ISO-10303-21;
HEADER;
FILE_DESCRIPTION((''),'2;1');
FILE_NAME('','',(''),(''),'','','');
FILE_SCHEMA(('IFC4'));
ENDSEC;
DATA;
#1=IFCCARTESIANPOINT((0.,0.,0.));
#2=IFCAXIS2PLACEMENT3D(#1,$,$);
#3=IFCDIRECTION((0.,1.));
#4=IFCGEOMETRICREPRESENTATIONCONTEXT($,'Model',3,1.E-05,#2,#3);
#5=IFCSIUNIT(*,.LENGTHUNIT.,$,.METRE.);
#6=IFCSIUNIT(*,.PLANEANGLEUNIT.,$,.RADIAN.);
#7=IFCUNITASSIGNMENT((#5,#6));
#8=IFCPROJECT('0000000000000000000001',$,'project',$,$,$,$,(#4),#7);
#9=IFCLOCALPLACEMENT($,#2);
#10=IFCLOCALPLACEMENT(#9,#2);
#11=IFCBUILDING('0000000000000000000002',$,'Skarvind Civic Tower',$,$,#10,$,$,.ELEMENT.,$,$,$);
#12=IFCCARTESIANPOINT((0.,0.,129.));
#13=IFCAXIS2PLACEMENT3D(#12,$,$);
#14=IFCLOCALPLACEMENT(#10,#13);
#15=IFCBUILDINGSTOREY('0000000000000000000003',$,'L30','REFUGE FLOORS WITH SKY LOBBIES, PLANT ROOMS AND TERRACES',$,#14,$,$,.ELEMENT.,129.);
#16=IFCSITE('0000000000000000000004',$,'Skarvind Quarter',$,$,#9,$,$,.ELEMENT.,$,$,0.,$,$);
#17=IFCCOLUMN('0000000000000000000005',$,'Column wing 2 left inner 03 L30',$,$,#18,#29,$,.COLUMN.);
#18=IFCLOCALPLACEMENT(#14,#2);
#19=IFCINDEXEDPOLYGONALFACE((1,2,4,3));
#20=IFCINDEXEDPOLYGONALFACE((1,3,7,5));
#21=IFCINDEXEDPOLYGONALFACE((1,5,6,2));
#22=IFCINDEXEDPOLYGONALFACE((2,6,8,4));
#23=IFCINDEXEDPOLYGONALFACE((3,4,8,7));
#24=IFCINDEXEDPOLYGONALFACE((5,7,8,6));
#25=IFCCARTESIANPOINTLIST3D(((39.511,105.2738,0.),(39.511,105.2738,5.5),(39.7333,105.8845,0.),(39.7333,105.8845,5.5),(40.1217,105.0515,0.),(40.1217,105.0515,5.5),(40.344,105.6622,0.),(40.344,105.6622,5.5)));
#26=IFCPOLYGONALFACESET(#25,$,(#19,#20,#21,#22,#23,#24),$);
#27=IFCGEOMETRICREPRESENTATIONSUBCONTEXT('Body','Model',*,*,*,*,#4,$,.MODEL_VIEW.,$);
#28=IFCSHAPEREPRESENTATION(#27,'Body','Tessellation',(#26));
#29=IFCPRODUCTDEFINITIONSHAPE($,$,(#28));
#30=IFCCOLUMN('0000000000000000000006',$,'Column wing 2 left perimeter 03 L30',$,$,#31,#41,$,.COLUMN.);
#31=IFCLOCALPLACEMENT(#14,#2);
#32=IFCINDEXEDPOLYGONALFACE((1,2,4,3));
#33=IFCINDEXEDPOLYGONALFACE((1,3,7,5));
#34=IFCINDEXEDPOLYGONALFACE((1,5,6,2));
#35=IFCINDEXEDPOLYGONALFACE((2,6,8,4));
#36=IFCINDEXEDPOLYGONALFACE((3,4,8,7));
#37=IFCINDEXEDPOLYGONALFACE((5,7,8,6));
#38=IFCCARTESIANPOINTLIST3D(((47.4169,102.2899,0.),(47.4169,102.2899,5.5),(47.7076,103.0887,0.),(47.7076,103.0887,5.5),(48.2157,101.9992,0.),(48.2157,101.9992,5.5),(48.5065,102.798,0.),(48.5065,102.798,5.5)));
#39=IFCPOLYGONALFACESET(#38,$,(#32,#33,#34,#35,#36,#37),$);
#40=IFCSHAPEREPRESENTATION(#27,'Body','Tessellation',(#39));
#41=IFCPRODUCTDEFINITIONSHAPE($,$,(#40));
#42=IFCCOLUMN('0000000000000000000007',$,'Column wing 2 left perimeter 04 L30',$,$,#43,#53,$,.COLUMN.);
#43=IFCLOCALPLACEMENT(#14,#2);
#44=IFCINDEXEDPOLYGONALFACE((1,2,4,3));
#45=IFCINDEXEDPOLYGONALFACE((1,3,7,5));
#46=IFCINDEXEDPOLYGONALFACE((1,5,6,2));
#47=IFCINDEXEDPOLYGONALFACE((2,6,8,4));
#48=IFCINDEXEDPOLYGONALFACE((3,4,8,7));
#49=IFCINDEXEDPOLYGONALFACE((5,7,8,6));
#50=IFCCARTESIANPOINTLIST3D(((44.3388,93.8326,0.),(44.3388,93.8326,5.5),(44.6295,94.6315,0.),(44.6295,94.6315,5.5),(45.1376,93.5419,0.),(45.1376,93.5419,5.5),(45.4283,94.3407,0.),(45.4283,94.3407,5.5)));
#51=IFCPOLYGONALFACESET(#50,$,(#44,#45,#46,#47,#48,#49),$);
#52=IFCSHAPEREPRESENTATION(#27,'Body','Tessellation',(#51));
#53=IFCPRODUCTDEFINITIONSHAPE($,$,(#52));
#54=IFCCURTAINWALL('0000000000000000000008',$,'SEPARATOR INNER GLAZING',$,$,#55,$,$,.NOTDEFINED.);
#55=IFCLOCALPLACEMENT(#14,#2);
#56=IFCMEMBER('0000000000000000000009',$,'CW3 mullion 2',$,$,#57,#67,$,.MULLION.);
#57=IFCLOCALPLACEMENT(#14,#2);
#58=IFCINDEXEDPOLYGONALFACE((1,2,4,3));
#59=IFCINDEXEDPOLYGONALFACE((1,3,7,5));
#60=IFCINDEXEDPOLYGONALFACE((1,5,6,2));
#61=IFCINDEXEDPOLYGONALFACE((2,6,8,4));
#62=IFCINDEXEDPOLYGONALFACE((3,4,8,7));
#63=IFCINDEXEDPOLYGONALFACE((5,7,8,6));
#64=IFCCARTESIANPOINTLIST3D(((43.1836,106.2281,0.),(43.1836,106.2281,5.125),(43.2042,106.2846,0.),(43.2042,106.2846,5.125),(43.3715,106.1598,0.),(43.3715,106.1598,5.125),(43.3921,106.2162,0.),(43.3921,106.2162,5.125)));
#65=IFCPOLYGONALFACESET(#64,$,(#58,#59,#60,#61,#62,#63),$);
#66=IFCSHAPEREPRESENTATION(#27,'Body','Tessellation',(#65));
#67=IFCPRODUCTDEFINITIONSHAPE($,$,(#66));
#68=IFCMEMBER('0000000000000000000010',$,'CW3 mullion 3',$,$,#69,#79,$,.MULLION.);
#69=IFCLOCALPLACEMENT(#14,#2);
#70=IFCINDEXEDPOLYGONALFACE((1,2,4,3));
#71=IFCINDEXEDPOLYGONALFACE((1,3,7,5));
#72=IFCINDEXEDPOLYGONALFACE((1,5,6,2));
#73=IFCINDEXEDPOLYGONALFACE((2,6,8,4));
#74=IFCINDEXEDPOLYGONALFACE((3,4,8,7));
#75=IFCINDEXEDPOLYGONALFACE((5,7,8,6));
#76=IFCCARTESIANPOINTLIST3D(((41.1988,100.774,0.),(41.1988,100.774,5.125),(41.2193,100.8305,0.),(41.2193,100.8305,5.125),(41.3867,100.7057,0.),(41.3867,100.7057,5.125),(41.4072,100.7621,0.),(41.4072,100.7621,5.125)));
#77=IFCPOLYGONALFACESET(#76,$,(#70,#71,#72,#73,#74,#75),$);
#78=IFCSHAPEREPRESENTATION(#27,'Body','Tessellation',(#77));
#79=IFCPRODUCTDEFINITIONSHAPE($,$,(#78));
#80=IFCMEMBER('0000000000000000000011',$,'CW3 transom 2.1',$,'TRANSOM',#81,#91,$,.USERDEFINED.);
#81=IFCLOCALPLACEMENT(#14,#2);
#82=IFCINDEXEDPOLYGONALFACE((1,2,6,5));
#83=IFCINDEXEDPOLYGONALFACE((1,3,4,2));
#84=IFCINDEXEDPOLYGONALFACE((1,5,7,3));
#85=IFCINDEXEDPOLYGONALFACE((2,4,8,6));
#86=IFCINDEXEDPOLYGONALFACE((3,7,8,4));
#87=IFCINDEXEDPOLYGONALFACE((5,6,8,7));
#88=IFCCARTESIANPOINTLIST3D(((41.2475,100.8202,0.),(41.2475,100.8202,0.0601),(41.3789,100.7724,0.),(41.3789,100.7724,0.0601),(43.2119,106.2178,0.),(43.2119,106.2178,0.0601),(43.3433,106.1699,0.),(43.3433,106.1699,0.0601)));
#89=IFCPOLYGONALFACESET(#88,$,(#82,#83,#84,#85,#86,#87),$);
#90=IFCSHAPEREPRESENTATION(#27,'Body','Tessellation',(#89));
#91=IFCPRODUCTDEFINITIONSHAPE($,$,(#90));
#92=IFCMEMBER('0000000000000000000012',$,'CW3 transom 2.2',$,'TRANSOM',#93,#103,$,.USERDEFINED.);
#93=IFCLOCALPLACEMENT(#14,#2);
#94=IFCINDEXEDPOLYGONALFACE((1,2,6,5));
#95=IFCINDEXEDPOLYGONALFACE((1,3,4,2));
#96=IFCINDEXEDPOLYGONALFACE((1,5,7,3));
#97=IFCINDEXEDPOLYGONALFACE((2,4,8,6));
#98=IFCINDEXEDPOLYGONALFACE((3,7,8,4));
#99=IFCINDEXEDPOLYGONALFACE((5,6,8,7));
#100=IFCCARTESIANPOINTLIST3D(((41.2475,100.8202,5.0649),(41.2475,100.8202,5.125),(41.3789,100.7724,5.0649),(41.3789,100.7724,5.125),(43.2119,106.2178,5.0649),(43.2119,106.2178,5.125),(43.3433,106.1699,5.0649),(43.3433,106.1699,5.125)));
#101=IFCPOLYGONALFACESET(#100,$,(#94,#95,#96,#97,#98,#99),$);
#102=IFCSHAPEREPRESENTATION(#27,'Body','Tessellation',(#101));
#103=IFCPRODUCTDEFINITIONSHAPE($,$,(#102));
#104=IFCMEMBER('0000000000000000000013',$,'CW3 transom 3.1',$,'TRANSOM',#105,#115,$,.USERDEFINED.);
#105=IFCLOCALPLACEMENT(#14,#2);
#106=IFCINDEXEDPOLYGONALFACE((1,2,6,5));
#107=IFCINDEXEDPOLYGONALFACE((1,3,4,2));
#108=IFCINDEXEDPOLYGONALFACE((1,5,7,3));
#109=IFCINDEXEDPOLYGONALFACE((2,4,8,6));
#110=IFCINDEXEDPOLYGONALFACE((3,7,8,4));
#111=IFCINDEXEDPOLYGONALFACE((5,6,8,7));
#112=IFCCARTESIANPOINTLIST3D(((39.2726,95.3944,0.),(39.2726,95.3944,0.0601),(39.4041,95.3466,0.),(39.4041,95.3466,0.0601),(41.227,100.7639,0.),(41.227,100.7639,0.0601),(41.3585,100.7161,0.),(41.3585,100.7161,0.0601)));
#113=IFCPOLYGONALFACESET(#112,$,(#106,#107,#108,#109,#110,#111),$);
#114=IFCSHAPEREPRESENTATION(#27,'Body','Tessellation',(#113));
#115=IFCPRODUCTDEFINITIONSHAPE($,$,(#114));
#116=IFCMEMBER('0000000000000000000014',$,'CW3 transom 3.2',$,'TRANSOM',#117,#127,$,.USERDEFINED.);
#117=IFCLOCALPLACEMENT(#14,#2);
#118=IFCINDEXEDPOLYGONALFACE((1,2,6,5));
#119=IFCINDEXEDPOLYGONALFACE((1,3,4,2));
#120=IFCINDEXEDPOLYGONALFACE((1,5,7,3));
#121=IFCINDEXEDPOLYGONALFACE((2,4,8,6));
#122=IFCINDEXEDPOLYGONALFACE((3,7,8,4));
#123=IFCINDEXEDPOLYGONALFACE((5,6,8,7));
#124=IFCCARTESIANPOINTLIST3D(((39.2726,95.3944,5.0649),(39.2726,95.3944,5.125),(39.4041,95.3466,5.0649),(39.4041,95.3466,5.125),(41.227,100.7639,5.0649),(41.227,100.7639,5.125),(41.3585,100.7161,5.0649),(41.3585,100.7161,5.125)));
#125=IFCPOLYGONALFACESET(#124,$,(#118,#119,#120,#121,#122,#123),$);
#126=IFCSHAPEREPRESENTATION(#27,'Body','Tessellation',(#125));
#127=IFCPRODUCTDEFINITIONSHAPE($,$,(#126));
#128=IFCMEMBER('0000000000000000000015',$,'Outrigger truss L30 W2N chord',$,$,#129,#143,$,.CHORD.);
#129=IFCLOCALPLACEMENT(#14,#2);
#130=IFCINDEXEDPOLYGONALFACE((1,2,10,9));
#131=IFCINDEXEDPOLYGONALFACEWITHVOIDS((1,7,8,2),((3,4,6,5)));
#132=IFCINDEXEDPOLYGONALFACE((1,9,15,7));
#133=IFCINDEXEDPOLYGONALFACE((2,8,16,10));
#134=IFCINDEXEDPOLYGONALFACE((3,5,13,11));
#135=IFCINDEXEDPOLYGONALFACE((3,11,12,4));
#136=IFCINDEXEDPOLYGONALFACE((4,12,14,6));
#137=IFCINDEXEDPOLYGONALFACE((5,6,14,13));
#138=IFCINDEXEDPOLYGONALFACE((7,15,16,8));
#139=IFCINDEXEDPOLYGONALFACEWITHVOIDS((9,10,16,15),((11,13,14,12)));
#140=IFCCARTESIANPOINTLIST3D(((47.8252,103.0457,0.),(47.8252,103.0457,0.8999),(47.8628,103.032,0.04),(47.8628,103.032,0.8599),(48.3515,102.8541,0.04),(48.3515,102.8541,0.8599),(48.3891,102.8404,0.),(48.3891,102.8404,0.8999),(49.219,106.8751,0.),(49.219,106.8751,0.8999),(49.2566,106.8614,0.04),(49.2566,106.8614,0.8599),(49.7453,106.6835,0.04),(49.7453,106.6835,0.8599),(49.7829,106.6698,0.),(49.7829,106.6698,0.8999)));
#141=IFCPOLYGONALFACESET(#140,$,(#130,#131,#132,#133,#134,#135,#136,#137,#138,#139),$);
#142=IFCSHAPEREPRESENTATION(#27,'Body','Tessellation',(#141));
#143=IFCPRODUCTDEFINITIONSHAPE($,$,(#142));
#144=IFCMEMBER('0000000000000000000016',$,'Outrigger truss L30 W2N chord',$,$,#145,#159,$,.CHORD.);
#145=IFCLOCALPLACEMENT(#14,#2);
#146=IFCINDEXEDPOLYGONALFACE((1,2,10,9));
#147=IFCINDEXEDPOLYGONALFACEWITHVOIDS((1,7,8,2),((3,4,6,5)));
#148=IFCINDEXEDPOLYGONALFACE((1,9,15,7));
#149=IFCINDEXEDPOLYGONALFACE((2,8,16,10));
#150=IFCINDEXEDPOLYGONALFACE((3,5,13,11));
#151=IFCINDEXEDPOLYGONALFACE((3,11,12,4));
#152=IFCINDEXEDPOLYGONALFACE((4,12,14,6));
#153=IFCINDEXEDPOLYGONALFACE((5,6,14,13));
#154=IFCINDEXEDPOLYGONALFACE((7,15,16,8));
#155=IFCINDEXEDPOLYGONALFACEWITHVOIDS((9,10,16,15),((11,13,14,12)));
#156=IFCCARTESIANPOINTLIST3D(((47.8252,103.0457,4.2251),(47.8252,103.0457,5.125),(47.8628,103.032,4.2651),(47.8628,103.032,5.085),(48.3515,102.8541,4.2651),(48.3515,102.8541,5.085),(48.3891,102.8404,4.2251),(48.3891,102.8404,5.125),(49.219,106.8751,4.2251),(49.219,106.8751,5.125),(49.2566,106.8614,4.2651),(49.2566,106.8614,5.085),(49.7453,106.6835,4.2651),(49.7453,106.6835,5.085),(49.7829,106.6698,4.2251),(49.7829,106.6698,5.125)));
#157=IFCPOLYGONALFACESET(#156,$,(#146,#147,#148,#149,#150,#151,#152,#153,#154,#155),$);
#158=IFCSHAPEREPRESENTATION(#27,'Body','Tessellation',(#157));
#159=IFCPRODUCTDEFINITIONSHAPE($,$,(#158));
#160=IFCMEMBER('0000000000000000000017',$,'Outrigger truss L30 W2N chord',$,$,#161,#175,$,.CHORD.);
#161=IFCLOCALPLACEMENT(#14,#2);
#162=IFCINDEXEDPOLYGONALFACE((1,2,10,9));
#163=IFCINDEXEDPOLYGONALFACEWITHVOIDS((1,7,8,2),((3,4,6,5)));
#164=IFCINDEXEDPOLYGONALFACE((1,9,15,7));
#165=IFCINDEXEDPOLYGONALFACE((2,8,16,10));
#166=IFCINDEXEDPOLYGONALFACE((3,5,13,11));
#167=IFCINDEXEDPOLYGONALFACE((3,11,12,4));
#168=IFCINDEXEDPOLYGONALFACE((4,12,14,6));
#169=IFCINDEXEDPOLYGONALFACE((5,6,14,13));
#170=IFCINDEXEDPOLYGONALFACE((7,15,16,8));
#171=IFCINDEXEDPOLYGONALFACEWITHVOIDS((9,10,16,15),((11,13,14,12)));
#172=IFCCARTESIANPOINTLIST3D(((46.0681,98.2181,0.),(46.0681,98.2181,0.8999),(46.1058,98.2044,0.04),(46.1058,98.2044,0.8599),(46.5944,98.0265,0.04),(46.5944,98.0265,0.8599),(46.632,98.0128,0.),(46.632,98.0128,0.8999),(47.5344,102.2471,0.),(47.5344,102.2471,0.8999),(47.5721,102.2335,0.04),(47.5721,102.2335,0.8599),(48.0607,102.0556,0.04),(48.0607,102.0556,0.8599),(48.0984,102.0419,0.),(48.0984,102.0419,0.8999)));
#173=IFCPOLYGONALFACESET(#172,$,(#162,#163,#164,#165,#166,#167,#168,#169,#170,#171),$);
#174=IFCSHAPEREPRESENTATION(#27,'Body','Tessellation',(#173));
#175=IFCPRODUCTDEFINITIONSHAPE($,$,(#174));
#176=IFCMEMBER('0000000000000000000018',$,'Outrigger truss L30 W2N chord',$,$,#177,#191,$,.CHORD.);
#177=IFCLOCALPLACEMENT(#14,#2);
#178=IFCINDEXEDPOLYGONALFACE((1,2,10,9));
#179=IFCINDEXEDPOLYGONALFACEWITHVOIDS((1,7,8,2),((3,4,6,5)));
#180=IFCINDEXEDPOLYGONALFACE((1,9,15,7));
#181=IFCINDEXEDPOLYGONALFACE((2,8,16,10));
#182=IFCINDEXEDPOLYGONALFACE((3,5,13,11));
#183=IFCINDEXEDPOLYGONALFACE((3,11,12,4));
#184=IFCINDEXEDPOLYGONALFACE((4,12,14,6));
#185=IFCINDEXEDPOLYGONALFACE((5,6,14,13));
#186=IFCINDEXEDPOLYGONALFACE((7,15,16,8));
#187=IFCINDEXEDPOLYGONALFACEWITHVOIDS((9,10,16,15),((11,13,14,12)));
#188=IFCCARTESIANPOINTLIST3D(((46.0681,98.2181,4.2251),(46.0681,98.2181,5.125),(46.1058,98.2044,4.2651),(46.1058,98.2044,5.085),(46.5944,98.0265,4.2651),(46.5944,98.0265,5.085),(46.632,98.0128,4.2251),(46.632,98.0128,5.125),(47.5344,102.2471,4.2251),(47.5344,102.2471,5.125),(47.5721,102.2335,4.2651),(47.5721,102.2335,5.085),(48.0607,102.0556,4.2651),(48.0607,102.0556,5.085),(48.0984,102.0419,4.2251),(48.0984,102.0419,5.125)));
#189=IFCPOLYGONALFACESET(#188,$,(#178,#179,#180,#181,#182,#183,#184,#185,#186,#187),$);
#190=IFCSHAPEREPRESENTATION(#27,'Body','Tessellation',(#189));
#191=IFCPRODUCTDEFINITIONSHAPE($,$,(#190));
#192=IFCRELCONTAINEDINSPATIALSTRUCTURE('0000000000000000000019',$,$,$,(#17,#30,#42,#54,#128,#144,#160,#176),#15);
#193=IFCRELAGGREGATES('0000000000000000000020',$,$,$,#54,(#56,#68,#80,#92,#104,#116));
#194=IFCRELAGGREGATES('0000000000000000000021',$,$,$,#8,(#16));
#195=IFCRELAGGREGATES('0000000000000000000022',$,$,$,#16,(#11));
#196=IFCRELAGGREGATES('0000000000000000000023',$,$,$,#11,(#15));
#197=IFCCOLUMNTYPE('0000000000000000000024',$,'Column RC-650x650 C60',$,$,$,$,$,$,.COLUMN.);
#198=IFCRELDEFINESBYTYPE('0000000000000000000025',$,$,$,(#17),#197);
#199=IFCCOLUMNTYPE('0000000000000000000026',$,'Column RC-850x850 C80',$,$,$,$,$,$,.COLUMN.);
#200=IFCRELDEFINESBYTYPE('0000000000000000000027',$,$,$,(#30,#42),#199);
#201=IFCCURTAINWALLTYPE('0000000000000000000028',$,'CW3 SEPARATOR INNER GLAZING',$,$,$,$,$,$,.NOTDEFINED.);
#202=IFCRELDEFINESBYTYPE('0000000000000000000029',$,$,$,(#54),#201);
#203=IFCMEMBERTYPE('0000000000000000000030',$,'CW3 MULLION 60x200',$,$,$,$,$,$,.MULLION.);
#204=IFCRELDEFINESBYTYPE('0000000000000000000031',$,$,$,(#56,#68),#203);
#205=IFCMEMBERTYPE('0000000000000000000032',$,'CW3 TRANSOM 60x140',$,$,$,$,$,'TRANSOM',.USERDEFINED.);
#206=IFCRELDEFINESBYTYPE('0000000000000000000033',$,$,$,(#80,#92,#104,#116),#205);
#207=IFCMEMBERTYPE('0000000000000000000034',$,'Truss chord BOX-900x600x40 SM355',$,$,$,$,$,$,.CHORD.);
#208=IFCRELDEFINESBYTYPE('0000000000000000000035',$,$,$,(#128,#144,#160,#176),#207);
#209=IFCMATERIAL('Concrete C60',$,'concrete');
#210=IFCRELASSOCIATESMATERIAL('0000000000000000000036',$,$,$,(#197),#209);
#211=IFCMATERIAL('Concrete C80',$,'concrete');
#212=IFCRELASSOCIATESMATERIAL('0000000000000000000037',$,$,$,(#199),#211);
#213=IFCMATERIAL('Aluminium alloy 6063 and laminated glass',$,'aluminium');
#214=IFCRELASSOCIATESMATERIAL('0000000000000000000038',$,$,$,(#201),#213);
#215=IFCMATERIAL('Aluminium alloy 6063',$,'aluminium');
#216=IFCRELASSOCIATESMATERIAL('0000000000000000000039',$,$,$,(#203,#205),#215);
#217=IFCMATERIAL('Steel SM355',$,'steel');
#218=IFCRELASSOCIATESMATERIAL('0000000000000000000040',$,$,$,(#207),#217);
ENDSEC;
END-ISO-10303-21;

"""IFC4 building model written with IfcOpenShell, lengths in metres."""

from ifc_helpers import new_model, si_unit, direction, frame, origin, origin_2d, place, context, subcontext, project, spatial, rectangle, hollow_rectangle, extrude, material, material_profile, profile_set, type_object, element, aggregate, save


model = new_model("IFC4")

# Units and contexts
model_context = context("Model", 3, precision=1e-05, world=origin(), true_north=direction((0.0, 1.0)))
body_context = subcontext(model_context, "Body", "Model", "MODEL_VIEW")
ifc_project = project(units=[si_unit("LENGTHUNIT", "METRE"), si_unit("PLANEANGLEUNIT", "RADIAN")], contexts=[model_context])

# Site, building, storey
site_placement = place(None, origin())
site = spatial("IfcSite", under=ifc_project, at=site_placement, Name="Skarvind Quarter", CompositionType="ELEMENT", RefElevation=0.0)
building_placement = place(site_placement, origin())
building = spatial("IfcBuilding", under=site, at=building_placement, Name="Skarvind Civic Tower", CompositionType="ELEMENT")
storey_placement = place(building_placement, frame((0.0, 0.0, 129.0)))
storey = spatial("IfcBuildingStorey", under=building, at=storey_placement, Name="L30", Description="REFUGE FLOORS WITH SKY LOBBIES, PLANT ROOMS AND TERRACES", CompositionType="ELEMENT", Elevation=129.0)

# Columns
ifc_material_1 = material(Name="Concrete C60", Category="concrete")
ifc_material_profile_1 = material_profile(ifc_material_1, rectangle(XDim=0.6499, YDim=0.6499, at=origin_2d()), Name="RC-650x650")
ifc_profile_set_1 = profile_set([ifc_material_profile_1], Name="Concrete C60")
column_type_1 = type_object("IfcColumnType", Name="Column RC-650x650 C60", PredefinedType="COLUMN", material=ifc_profile_set_1)
column_placement = place(storey_placement, frame((39.9275, 105.468, 0.0), z_axis=(0.0, 0.0, 1.0), x_axis=(-0.34202, -0.939693, 0.0)))
element("IfcColumn", 1, at=column_placement, inside=storey, type_object=column_type_1, Name="Column wing 2 left inner 03 L30", PredefinedType="COLUMN", context=body_context, shape_type="SweptSolid", body=[
    extrude(rectangle(XDim=0.6499, YDim=0.6499, at=origin_2d()), origin(), (0.0, 0.0, 1.0), 5.5),
])
ifc_material_2 = material(Name="Concrete C80", Category="concrete")
ifc_material_profile_2 = material_profile(ifc_material_2, rectangle(XDim=0.8501, YDim=0.8501, at=origin_2d()), Name="RC-850x850")
ifc_profile_set_2 = profile_set([ifc_material_profile_2], Name="Concrete C80")
column_type_2 = type_object("IfcColumnType", Name="Column RC-850x850 C80", PredefinedType="COLUMN", material=ifc_profile_set_2)
for number, where, z_axis, x_axis, name in (
    (2, (47.9617, 102.5439, 0.0), (0.0, 0.0, 1.0), (-0.34202, -0.939693, 0.0), "Column wing 2 left perimeter 03 L30"),
    (3, (44.8835, 94.0867, 0.0), (0.0, 0.0, 1.0), (-0.34202, -0.939693, 0.0), "Column wing 2 left perimeter 04 L30"),
):
    element("IfcColumn", number, at=place(storey_placement, frame(where, z_axis=z_axis, x_axis=x_axis)), inside=storey, type_object=column_type_2, Name=name, PredefinedType="COLUMN", context=body_context, shape_type="SweptSolid", body=[
        extrude(rectangle(XDim=0.8501, YDim=0.8501, at=origin_2d()), origin(), (0.0, 0.0, 1.0), 5.5),
    ])

# Curtain wall, members
ifc_material_3 = material(Name="Aluminium alloy 6063 and laminated glass", Category="aluminium")
curtain_wall_type = type_object("IfcCurtainWallType", Name="CW3 SEPARATOR INNER GLAZING", PredefinedType="NOTDEFINED", material=ifc_material_3)
curtain_wall_placement = place(storey_placement, origin())
curtain_wall = element("IfcCurtainWall", 4, at=curtain_wall_placement, inside=storey, type_object=curtain_wall_type, Name="SEPARATOR INNER GLAZING", PredefinedType="NOTDEFINED")
ifc_material_4 = material(Name="Aluminium alloy 6063", Category="aluminium")
ifc_material_profile_3 = material_profile(ifc_material_4, rectangle(XDim=0.2, YDim=0.0601, at=origin_2d()), Name="AL 60x200")
ifc_profile_set_3 = profile_set([ifc_material_profile_3], Name="Aluminium alloy 6063")
member_type_1 = type_object("IfcMemberType", Name="CW3 MULLION 60x200", PredefinedType="MULLION", material=ifc_profile_set_3)
member_1_placement = place(storey_placement, frame((43.2878, 106.2222, 0.0), z_axis=(0.0, 0.0, 1.0), x_axis=(0.939693, -0.342018, 0.0)))
member_1 = element("IfcMember", 5, at=member_1_placement, type_object=member_type_1, Name="CW3 mullion 2", PredefinedType="MULLION", context=body_context, shape_type="SweptSolid", body=[
    extrude(rectangle(XDim=0.2, YDim=0.0601, at=origin_2d()), origin(), (0.0, 0.0, 1.0), 5.125),
])
member_2_placement = place(storey_placement, frame((41.303, 100.7681, 0.0), z_axis=(0.0, 0.0, 1.0), x_axis=(0.939693, -0.342018, 0.0)))
member_2 = element("IfcMember", 6, at=member_2_placement, type_object=member_type_1, Name="CW3 mullion 3", PredefinedType="MULLION", context=body_context, shape_type="SweptSolid", body=[
    extrude(rectangle(XDim=0.2, YDim=0.0601, at=origin_2d()), origin(), (0.0, 0.0, 1.0), 5.125),
])
ifc_material_profile_4 = material_profile(ifc_material_4, rectangle(XDim=0.1399, YDim=0.0601, at=origin_2d()), Name="AL 60x140")
ifc_profile_set_4 = profile_set([ifc_material_profile_4], Name="Aluminium alloy 6063")
member_type_2 = type_object("IfcMemberType", Name="CW3 TRANSOM 60x140", ElementType="TRANSOM", PredefinedType="USERDEFINED", material=ifc_profile_set_4)
member_3_placement = place(storey_placement, frame((43.2776, 106.1938, 0.03), z_axis=(-0.341996, -0.939702, 0.0), x_axis=(0.939702, -0.341996, 0.0)))
member_3 = element("IfcMember", 7, at=member_3_placement, type_object=member_type_2, Name="CW3 transom 2.1", ObjectType="TRANSOM", PredefinedType="USERDEFINED", context=body_context, shape_type="SweptSolid", body=[
    extrude(rectangle(XDim=0.1399, YDim=0.0601, at=origin_2d()), origin(), (0.0, 0.0, 1.0), 5.7439),
])
member_4_placement = place(storey_placement, frame((43.2776, 106.1938, 5.095), z_axis=(-0.341996, -0.939702, 0.0), x_axis=(0.939702, -0.341996, 0.0)))
member_4 = element("IfcMember", 8, at=member_4_placement, type_object=member_type_2, Name="CW3 transom 2.2", ObjectType="TRANSOM", PredefinedType="USERDEFINED", context=body_context, shape_type="SweptSolid", body=[
    extrude(rectangle(XDim=0.1399, YDim=0.0601, at=origin_2d()), origin(), (0.0, 0.0, 1.0), 5.7439),
])
member_5_placement = place(storey_placement, frame((41.2927, 100.74, 0.03), z_axis=(-0.342028, -0.93969, 0.0), x_axis=(0.93969, -0.342028, 0.0)))
member_5 = element("IfcMember", 9, at=member_5_placement, type_object=member_type_2, Name="CW3 transom 3.1", ObjectType="TRANSOM", PredefinedType="USERDEFINED", context=body_context, shape_type="SweptSolid", body=[
    extrude(rectangle(XDim=0.1399, YDim=0.0601, at=origin_2d()), origin(), (0.0, 0.0, 1.0), 5.7141),
])
member_6_placement = place(storey_placement, frame((41.2927, 100.74, 5.095), z_axis=(-0.342028, -0.93969, 0.0), x_axis=(0.93969, -0.342028, 0.0)))
member_6 = element("IfcMember", 10, at=member_6_placement, type_object=member_type_2, Name="CW3 transom 3.2", ObjectType="TRANSOM", PredefinedType="USERDEFINED", context=body_context, shape_type="SweptSolid", body=[
    extrude(rectangle(XDim=0.1399, YDim=0.0601, at=origin_2d()), origin(), (0.0, 0.0, 1.0), 5.7141),
])

# Members
ifc_material_5 = material(Name="Steel SM355", Category="steel")
ifc_material_profile_5 = material_profile(ifc_material_5, hollow_rectangle(XDim=0.6001, YDim=0.8999, WallThickness=0.04, at=origin_2d()), Name="BOX-900x600x40")
ifc_profile_set_5 = profile_set([ifc_material_profile_5], Name="Steel SM355")
member_type_3 = type_object("IfcMemberType", Name="Truss chord BOX-900x600x40 SM355", PredefinedType="CHORD", material=ifc_profile_set_5)
for number, where, z_axis, x_axis, name in (
    (11, (49.501, 106.7725, 0.45), (-0.342027, -0.93969, 0.0), (0.93969, -0.342027, 0.0), "Outrigger truss L30 W2N chord"),
    (12, (49.501, 106.7725, 4.675), (-0.342027, -0.93969, 0.0), (0.93969, -0.342027, 0.0), "Outrigger truss L30 W2N chord"),
):
    element("IfcMember", number, at=place(storey_placement, frame(where, z_axis=z_axis, x_axis=x_axis)), inside=storey, type_object=member_type_3, Name=name, PredefinedType="CHORD", context=body_context, shape_type="SweptSolid", body=[
        extrude(hollow_rectangle(XDim=0.6001, YDim=0.8999, WallThickness=0.04, at=origin_2d()), origin(), (0.0, 0.0, 1.0), 4.0752),
    ])
for number, where, z_axis, x_axis, name in (
    (13, (47.8164, 102.1445, 0.45), (-0.34199, -0.939704, 0.0), (0.939704, -0.34199, 0.0), "Outrigger truss L30 W2N chord"),
    (14, (47.8164, 102.1445, 4.675), (-0.34199, -0.939704, 0.0), (0.939704, -0.34199, 0.0), "Outrigger truss L30 W2N chord"),
):
    element("IfcMember", number, at=place(storey_placement, frame(where, z_axis=z_axis, x_axis=x_axis)), inside=storey, type_object=member_type_3, Name=name, PredefinedType="CHORD", context=body_context, shape_type="SweptSolid", body=[
        extrude(hollow_rectangle(XDim=0.6001, YDim=0.8999, WallThickness=0.04, at=origin_2d()), origin(), (0.0, 0.0, 1.0), 4.2876),
    ])

aggregate(curtain_wall, [member_1, member_2, member_3, member_4, member_5, member_6])

save(model, "model.ifc")
